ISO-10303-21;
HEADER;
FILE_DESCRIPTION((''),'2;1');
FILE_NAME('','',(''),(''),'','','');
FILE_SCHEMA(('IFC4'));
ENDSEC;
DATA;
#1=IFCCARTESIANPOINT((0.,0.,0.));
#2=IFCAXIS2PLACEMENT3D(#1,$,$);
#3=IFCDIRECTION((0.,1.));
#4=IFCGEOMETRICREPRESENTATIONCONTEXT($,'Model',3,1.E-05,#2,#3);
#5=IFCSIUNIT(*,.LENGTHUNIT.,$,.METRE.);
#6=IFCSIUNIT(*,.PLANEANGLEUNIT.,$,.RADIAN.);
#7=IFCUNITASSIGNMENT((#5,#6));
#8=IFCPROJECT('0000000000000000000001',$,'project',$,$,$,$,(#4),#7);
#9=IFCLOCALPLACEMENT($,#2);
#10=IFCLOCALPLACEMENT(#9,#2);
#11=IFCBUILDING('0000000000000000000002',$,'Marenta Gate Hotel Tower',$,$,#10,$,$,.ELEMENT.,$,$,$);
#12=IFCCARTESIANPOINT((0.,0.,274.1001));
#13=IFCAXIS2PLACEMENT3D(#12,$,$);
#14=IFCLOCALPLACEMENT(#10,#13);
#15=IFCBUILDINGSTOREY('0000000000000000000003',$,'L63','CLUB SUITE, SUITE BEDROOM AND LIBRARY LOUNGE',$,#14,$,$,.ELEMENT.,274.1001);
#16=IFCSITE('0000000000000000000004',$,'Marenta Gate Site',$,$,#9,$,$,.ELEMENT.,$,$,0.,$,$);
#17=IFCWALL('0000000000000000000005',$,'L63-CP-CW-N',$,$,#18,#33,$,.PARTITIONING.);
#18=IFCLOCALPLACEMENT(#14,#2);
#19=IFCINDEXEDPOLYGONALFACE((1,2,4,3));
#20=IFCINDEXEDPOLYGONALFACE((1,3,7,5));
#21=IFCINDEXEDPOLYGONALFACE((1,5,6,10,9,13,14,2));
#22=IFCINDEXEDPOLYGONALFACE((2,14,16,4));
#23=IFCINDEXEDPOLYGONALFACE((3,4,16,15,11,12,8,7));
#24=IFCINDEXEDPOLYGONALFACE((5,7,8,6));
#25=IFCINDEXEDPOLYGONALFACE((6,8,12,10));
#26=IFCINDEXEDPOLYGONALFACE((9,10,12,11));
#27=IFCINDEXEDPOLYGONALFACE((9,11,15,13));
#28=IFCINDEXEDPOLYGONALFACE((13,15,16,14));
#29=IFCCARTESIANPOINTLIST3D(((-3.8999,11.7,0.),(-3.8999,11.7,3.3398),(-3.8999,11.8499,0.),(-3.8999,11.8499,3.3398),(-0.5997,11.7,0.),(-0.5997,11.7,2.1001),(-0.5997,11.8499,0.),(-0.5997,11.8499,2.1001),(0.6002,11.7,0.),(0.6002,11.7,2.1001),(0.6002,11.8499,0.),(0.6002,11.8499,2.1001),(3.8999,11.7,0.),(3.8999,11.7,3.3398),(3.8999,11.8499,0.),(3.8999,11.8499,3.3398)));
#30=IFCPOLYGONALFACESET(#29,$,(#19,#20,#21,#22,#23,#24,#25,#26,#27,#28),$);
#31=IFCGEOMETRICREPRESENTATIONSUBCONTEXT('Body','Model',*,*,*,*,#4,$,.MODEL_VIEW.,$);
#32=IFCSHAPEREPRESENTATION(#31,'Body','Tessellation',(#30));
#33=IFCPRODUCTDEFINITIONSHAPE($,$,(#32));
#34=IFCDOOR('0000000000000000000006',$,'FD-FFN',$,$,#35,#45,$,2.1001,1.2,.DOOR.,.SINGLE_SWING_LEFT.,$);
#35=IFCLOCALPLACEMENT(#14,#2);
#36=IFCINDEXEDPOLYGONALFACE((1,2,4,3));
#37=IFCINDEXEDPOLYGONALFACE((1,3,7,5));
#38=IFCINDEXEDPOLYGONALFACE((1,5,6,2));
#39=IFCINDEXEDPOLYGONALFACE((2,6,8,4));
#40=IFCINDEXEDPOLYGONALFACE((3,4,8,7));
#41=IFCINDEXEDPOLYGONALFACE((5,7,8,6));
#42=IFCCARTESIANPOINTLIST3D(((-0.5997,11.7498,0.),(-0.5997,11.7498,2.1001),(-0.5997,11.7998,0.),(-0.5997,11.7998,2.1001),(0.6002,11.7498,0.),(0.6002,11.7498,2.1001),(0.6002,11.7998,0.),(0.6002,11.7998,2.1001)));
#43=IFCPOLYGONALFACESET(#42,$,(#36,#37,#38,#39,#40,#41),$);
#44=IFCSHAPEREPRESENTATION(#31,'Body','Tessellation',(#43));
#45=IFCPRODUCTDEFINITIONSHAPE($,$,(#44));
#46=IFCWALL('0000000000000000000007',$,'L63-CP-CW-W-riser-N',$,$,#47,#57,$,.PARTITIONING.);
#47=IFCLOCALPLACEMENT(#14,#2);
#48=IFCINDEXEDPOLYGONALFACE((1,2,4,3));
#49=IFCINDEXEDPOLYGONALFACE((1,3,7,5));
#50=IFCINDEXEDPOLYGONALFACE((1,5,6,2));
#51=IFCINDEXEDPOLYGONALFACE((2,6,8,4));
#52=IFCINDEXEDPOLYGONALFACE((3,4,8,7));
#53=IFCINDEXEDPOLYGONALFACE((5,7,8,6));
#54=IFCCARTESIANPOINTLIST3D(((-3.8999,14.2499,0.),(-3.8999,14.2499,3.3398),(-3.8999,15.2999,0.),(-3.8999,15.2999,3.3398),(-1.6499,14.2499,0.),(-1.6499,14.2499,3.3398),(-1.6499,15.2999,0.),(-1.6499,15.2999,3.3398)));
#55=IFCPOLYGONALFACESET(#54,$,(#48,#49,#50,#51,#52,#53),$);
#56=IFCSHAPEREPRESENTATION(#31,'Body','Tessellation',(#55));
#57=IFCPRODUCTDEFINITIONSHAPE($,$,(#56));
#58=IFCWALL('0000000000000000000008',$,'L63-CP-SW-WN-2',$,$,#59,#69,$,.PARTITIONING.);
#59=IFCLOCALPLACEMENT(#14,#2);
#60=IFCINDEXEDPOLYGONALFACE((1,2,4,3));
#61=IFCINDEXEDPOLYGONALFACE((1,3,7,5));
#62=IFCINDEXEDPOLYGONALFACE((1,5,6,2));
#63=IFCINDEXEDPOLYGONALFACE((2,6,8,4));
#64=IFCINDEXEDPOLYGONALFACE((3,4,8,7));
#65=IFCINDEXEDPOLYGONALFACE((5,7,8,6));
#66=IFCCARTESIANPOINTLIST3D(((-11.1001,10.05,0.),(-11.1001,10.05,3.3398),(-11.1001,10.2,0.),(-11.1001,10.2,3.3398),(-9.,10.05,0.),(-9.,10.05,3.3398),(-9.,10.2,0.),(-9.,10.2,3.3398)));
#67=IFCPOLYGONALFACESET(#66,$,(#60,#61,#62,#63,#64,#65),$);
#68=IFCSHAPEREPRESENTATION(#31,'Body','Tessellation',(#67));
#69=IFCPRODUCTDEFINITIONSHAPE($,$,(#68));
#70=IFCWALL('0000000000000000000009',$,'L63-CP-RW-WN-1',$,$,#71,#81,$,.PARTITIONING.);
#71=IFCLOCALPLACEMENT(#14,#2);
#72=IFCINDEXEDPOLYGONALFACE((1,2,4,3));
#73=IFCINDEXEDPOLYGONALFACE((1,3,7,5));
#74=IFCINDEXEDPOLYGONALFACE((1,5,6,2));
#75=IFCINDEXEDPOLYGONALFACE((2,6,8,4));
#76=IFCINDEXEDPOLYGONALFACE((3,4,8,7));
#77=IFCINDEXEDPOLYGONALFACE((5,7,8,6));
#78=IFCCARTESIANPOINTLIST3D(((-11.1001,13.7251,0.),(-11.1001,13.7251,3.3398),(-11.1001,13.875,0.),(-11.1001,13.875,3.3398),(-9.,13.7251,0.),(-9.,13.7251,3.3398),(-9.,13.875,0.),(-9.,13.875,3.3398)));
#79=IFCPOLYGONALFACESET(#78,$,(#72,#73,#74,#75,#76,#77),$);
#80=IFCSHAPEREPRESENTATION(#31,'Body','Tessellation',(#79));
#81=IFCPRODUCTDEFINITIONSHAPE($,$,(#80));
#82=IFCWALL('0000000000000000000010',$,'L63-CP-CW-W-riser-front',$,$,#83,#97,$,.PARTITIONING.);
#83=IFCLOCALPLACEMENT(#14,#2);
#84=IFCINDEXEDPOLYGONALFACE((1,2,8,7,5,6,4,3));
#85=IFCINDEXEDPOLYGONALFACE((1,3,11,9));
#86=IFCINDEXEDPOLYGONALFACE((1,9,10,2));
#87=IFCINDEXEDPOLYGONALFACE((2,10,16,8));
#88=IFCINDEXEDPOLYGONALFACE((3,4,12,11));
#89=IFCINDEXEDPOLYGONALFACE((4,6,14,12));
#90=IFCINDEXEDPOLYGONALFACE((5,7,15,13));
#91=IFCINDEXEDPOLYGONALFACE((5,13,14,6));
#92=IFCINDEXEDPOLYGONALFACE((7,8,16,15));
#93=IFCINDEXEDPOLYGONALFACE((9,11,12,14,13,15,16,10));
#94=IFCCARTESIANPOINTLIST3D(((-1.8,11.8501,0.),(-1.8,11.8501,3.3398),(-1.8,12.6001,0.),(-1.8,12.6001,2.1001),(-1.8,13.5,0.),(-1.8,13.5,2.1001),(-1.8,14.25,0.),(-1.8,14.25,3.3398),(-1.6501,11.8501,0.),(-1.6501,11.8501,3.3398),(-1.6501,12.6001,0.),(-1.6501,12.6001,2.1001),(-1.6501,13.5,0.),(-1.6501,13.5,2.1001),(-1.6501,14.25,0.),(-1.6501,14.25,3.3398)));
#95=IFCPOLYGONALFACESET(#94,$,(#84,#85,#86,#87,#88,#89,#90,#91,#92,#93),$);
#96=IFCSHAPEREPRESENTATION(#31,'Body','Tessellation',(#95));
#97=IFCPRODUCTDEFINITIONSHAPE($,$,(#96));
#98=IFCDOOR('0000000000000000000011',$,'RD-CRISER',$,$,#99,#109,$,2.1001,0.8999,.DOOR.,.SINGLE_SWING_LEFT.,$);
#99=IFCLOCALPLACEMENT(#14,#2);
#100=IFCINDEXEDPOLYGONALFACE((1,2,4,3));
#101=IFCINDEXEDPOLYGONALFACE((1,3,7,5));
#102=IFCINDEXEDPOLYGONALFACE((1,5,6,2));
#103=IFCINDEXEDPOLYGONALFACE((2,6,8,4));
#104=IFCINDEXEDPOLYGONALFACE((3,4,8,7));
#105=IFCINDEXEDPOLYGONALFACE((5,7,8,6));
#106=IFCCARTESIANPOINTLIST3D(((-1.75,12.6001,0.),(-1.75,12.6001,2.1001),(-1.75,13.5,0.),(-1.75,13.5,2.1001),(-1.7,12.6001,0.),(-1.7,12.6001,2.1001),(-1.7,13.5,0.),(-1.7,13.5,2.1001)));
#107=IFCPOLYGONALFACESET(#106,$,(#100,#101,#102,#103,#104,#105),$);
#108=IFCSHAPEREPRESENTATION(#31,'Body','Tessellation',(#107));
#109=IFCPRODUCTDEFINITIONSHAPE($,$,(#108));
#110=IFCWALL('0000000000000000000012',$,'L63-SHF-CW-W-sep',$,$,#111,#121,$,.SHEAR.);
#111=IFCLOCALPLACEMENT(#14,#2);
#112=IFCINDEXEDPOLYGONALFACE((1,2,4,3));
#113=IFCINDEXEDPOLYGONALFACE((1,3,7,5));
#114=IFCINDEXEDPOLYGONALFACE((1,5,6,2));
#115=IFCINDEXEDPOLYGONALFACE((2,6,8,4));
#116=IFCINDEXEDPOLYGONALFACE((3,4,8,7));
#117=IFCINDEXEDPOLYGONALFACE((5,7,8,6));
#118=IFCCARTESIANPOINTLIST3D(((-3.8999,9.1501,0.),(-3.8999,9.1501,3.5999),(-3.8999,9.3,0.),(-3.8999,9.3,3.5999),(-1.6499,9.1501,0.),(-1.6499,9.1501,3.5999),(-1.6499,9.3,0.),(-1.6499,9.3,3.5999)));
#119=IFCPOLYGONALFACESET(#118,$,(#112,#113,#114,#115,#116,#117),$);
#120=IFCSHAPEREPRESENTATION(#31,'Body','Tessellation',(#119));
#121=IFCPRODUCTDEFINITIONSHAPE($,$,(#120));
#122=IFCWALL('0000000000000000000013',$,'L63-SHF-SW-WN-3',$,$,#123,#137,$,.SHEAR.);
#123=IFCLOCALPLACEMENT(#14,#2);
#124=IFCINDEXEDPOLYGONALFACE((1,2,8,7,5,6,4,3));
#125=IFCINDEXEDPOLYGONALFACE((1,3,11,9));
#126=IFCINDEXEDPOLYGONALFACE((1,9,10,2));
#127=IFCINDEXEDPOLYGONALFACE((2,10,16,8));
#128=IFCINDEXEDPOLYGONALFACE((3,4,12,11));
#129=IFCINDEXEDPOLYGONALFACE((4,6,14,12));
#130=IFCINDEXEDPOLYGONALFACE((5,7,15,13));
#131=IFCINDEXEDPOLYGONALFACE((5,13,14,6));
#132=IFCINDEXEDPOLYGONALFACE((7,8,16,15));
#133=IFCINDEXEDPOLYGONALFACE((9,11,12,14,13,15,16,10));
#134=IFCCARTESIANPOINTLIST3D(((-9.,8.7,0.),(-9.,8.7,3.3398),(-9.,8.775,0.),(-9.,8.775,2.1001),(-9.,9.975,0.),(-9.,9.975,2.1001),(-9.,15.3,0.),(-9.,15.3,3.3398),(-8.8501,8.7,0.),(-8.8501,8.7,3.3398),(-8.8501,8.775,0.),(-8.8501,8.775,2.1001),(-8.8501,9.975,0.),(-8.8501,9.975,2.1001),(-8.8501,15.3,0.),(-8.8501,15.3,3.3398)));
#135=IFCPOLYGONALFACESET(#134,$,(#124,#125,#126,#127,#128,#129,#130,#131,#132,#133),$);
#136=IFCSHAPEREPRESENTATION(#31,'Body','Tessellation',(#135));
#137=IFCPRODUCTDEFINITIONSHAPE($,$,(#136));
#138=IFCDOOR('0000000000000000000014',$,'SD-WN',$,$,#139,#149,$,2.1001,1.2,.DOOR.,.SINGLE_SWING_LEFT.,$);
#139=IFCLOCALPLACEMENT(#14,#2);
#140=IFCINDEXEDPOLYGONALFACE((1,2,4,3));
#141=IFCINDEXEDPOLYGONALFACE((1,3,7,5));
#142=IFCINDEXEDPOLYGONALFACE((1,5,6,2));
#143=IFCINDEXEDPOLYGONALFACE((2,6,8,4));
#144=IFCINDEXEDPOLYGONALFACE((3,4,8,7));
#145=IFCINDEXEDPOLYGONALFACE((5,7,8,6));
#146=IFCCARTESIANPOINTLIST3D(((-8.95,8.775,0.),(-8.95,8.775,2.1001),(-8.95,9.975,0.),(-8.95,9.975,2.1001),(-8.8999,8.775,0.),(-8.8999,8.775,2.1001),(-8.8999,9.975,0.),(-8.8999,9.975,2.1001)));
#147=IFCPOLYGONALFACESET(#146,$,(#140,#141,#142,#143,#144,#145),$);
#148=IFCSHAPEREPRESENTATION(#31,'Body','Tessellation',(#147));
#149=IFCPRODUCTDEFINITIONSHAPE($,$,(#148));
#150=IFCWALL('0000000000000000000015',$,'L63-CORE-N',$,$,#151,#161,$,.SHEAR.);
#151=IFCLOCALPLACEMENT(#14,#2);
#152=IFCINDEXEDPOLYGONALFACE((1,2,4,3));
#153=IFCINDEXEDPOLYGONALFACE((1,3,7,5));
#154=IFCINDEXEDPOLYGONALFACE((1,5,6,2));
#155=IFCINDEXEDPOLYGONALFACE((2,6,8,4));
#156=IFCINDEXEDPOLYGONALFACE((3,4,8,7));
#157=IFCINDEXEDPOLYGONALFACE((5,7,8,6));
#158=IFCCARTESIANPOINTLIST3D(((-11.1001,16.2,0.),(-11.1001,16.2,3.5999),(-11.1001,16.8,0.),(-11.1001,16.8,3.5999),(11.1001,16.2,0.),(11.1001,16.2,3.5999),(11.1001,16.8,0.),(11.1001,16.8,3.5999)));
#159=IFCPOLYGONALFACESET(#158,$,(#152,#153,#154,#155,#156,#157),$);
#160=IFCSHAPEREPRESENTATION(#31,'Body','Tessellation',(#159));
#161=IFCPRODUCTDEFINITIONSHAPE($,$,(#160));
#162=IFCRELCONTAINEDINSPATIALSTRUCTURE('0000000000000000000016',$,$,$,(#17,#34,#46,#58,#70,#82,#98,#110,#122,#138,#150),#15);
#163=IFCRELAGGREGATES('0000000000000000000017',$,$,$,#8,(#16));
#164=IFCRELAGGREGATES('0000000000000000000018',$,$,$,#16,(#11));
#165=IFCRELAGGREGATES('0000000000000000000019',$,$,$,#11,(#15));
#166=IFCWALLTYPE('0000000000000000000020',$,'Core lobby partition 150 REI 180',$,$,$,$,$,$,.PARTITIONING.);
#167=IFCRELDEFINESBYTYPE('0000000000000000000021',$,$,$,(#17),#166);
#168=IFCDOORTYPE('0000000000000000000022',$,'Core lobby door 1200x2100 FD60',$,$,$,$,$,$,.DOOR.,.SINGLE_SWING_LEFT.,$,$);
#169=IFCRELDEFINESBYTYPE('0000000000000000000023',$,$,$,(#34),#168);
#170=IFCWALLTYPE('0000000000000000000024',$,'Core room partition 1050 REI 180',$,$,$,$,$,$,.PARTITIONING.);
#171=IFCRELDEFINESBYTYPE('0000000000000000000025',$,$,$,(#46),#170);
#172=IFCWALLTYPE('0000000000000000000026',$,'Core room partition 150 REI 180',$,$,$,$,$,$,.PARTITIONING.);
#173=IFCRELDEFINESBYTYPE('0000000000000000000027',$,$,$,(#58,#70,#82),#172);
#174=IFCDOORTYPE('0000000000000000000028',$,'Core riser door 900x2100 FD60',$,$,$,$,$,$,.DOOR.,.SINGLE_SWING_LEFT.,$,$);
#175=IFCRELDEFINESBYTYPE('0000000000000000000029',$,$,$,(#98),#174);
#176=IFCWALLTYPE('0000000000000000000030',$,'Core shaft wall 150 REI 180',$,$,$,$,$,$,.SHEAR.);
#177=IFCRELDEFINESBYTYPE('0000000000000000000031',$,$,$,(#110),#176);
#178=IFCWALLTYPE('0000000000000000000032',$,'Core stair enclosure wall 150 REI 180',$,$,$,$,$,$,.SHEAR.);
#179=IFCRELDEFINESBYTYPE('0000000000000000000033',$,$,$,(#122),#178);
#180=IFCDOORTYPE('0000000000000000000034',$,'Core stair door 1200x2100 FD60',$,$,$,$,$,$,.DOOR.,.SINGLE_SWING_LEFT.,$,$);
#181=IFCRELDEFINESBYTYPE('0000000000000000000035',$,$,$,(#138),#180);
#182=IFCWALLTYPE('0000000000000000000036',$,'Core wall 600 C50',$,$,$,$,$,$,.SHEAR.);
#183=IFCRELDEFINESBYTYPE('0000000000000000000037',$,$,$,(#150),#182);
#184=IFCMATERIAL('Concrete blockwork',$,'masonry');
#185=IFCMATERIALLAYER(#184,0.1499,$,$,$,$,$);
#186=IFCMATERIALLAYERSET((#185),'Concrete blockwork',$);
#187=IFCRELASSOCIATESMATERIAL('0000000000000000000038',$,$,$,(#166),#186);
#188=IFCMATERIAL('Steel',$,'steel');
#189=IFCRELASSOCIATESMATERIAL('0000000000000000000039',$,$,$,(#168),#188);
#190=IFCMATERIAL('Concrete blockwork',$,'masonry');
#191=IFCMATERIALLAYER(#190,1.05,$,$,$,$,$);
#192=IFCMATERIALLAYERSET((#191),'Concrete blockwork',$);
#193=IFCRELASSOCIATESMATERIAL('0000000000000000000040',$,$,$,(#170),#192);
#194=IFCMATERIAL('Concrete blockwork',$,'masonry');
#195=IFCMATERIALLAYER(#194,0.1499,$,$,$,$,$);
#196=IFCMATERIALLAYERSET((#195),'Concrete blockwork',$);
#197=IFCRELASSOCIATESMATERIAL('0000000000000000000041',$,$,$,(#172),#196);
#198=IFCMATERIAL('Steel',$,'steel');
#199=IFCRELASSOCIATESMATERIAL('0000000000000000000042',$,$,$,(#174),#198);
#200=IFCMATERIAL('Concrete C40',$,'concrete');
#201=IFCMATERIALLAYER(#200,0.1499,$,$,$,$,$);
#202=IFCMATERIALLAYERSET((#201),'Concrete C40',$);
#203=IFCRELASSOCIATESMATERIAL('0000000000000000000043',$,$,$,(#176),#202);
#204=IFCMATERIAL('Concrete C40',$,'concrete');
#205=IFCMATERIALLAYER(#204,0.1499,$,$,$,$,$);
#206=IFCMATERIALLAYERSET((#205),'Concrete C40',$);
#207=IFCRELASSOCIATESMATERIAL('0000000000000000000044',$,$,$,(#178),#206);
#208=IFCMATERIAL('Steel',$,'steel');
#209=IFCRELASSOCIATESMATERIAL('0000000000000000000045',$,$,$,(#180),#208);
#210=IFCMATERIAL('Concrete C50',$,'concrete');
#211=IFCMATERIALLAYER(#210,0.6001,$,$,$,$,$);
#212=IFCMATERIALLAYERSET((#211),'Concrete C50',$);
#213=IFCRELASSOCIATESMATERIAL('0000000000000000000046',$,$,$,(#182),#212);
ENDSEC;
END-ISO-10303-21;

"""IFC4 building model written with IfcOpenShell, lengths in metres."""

from ifc_helpers import new_model, si_unit, direction, frame, frame_2d, origin, place, context, subcontext, project, spatial, rectangle, extrude, material, layer, layer_set, type_object, element, fill, save


model = new_model("IFC4")

# Units and contexts
model_context = context("Model", 3, precision=1e-05, world=origin(), true_north=direction((0.0, 1.0)))
body_context = subcontext(model_context, "Body", "Model", "MODEL_VIEW")
ifc_project = project(units=[si_unit("LENGTHUNIT", "METRE"), si_unit("PLANEANGLEUNIT", "RADIAN")], contexts=[model_context])

# Site, building, storey
site_placement = place(None, origin())
site = spatial("IfcSite", under=ifc_project, at=site_placement, Name="Marenta Gate Site", CompositionType="ELEMENT", RefElevation=0.0)
building_placement = place(site_placement, origin())
building = spatial("IfcBuilding", under=site, at=building_placement, Name="Marenta Gate Hotel Tower", CompositionType="ELEMENT")
storey_placement = place(building_placement, frame((0.0, 0.0, 274.1001)))
storey = spatial("IfcBuildingStorey", under=building, at=storey_placement, Name="L63", Description="CLUB SUITE, SUITE BEDROOM AND LIBRARY LOUNGE", CompositionType="ELEMENT", Elevation=274.1001)

# Wall, opening, door
ifc_material_1 = material(Name="Concrete blockwork", Category="masonry")
ifc_layer_1 = layer(ifc_material_1, 0.1499)
ifc_layer_set_1 = layer_set([ifc_layer_1], Name="Concrete blockwork")
wall_type_1 = type_object("IfcWallType", Name="Core lobby partition 150 REI 180", PredefinedType="PARTITIONING", material=ifc_layer_set_1)
wall_1_placement = place(storey_placement, frame((-3.8999, 11.7749, 0.0), z_axis=(0.0, 0.0, 1.0), x_axis=(1.0, 0.0, 0.0)))
wall_1 = element("IfcWall", 1, at=wall_1_placement, inside=storey, type_object=wall_type_1, Name="L63-CP-CW-N", PredefinedType="PARTITIONING", context=body_context, shape_type="SweptSolid", body=[
    extrude(rectangle(XDim=7.7998, YDim=0.1499, at=frame_2d((3.8999, 0.0))), origin(), (0.0, 0.0, 1.0), 3.3398),
])
opening_1_placement = place(wall_1_placement, frame((3.3, 0.0, 0.0)))
opening_1 = element("IfcOpeningElement", 2, at=opening_1_placement, cuts=wall_1, PredefinedType="OPENING", context=body_context, shape_type="SweptSolid", body=[
    extrude(rectangle(XDim=1.2, YDim=2.1001, at=frame_2d((0.6001, 1.05))), frame((0.0, 0.075, 0.0), z_axis=(0.0, -1.0, 0.0), x_axis=(1.0, 0.0, 0.0)), (0.0, 0.0, 1.0), 0.1499),
])
ifc_material_2 = material(Name="Steel", Category="steel")
door_type_1 = type_object("IfcDoorType", Name="Core lobby door 1200x2100 FD60", OperationType="SINGLE_SWING_LEFT", PredefinedType="DOOR", material=ifc_material_2)
door_1_placement = place(opening_1_placement, origin())
door_1 = element("IfcDoor", 3, at=door_1_placement, inside=storey, type_object=door_type_1, Name="FD-FFN", OperationType="SINGLE_SWING_LEFT", OverallHeight=2.1001, OverallWidth=1.2, PredefinedType="DOOR", context=body_context, shape_type="SweptSolid", body=[
    extrude(rectangle(XDim=1.2, YDim=2.1001, at=frame_2d((0.6001, 1.05))), frame((0.0, 0.0249, 0.0), z_axis=(0.0, -1.0, 0.0), x_axis=(1.0, 0.0, 0.0)), (0.0, 0.0, 1.0), 0.05),
])
fill(opening_1, door_1)

# Walls
ifc_material_3 = material(Name="Concrete blockwork", Category="masonry")
ifc_layer_2 = layer(ifc_material_3, 1.05)
ifc_layer_set_2 = layer_set([ifc_layer_2], Name="Concrete blockwork")
wall_type_2 = type_object("IfcWallType", Name="Core room partition 1050 REI 180", PredefinedType="PARTITIONING", material=ifc_layer_set_2)
wall_2_placement = place(storey_placement, frame((-3.8999, 14.7749, 0.0), z_axis=(0.0, 0.0, 1.0), x_axis=(1.0, 0.0, 0.0)))
element("IfcWall", 4, at=wall_2_placement, inside=storey, type_object=wall_type_2, Name="L63-CP-CW-W-riser-N", PredefinedType="PARTITIONING", context=body_context, shape_type="SweptSolid", body=[
    extrude(rectangle(XDim=2.25, YDim=1.05, at=frame_2d((1.125, 0.0))), origin(), (0.0, 0.0, 1.0), 3.3398),
])
ifc_material_4 = material(Name="Concrete blockwork", Category="masonry")
ifc_layer_3 = layer(ifc_material_4, 0.1499)
ifc_layer_set_3 = layer_set([ifc_layer_3], Name="Concrete blockwork")
wall_type_3 = type_object("IfcWallType", Name="Core room partition 150 REI 180", PredefinedType="PARTITIONING", material=ifc_layer_set_3)
for number, where, z_axis, x_axis, name in (
    (5, (-11.1001, 10.125, 0.0), (0.0, 0.0, 1.0), (1.0, 0.0, 0.0), "L63-CP-SW-WN-2"),
    (6, (-11.1001, 13.8, 0.0), (0.0, 0.0, 1.0), (1.0, 0.0, 0.0), "L63-CP-RW-WN-1"),
):
    element("IfcWall", number, at=place(storey_placement, frame(where, z_axis=z_axis, x_axis=x_axis)), inside=storey, type_object=wall_type_3, Name=name, PredefinedType="PARTITIONING", context=body_context, shape_type="SweptSolid", body=[
        extrude(rectangle(XDim=2.1001, YDim=0.1499, at=frame_2d((1.05, 0.0))), origin(), (0.0, 0.0, 1.0), 3.3398),
    ])

# Wall, opening, door
wall_3_placement = place(storey_placement, frame((-1.7251, 11.8501, 0.0), z_axis=(0.0, 0.0, 1.0), x_axis=(0.0, 1.0, 0.0)))
wall_3 = element("IfcWall", 7, at=wall_3_placement, inside=storey, type_object=wall_type_3, Name="L63-CP-CW-W-riser-front", PredefinedType="PARTITIONING", context=body_context, shape_type="SweptSolid", body=[
    extrude(rectangle(XDim=2.3999, YDim=0.1499, at=frame_2d((1.2, 0.0))), origin(), (0.0, 0.0, 1.0), 3.3398),
])
opening_2_placement = place(wall_3_placement, frame((0.75, 0.0, 0.0)))
opening_2 = element("IfcOpeningElement", 8, at=opening_2_placement, cuts=wall_3, PredefinedType="OPENING", context=body_context, shape_type="SweptSolid", body=[
    extrude(rectangle(XDim=0.8999, YDim=2.1001, at=frame_2d((0.45, 1.05))), frame((0.0, 0.075, 0.0), z_axis=(0.0, -1.0, 0.0), x_axis=(1.0, 0.0, 0.0)), (0.0, 0.0, 1.0), 0.1499),
])
ifc_material_5 = material(Name="Steel", Category="steel")
door_type_2 = type_object("IfcDoorType", Name="Core riser door 900x2100 FD60", OperationType="SINGLE_SWING_LEFT", PredefinedType="DOOR", material=ifc_material_5)
door_2_placement = place(opening_2_placement, origin())
door_2 = element("IfcDoor", 9, at=door_2_placement, inside=storey, type_object=door_type_2, Name="RD-CRISER", OperationType="SINGLE_SWING_LEFT", OverallHeight=2.1001, OverallWidth=0.8999, PredefinedType="DOOR", context=body_context, shape_type="SweptSolid", body=[
    extrude(rectangle(XDim=0.8999, YDim=2.1001, at=frame_2d((0.45, 1.05))), frame((0.0, 0.0249, 0.0), z_axis=(0.0, -1.0, 0.0), x_axis=(1.0, 0.0, 0.0)), (0.0, 0.0, 1.0), 0.05),
])
fill(opening_2, door_2)

# Wall
ifc_material_6 = material(Name="Concrete C40", Category="concrete")
ifc_layer_4 = layer(ifc_material_6, 0.1499)
ifc_layer_set_4 = layer_set([ifc_layer_4], Name="Concrete C40")
wall_type_4 = type_object("IfcWallType", Name="Core shaft wall 150 REI 180", PredefinedType="SHEAR", material=ifc_layer_set_4)
wall_4_placement = place(storey_placement, frame((-3.8999, 9.2251, 0.0), z_axis=(0.0, 0.0, 1.0), x_axis=(1.0, 0.0, 0.0)))
element("IfcWall", 10, at=wall_4_placement, inside=storey, type_object=wall_type_4, Name="L63-SHF-CW-W-sep", PredefinedType="SHEAR", context=body_context, shape_type="SweptSolid", body=[
    extrude(rectangle(XDim=2.25, YDim=0.1499, at=frame_2d((1.125, 0.0))), origin(), (0.0, 0.0, 1.0), 3.5999),
])

# Wall, opening, door
ifc_material_7 = material(Name="Concrete C40", Category="concrete")
ifc_layer_5 = layer(ifc_material_7, 0.1499)
ifc_layer_set_5 = layer_set([ifc_layer_5], Name="Concrete C40")
wall_type_5 = type_object("IfcWallType", Name="Core stair enclosure wall 150 REI 180", PredefinedType="SHEAR", material=ifc_layer_set_5)
wall_5_placement = place(storey_placement, frame((-8.925, 8.7, 0.0), z_axis=(0.0, 0.0, 1.0), x_axis=(0.0, 1.0, 0.0)))
wall_5 = element("IfcWall", 11, at=wall_5_placement, inside=storey, type_object=wall_type_5, Name="L63-SHF-SW-WN-3", PredefinedType="SHEAR", context=body_context, shape_type="SweptSolid", body=[
    extrude(rectangle(XDim=6.6001, YDim=0.1499, at=frame_2d((3.3, 0.0))), origin(), (0.0, 0.0, 1.0), 3.3398),
])
opening_3_placement = place(wall_5_placement, frame((0.075, 0.0, 0.0)))
opening_3 = element("IfcOpeningElement", 12, at=opening_3_placement, cuts=wall_5, PredefinedType="OPENING", context=body_context, shape_type="SweptSolid", body=[
    extrude(rectangle(XDim=1.2, YDim=2.1001, at=frame_2d((0.6001, 1.05))), frame((0.0, 0.075, 0.0), z_axis=(0.0, -1.0, 0.0), x_axis=(1.0, 0.0, 0.0)), (0.0, 0.0, 1.0), 0.1499),
])
ifc_material_8 = material(Name="Steel", Category="steel")
door_type_3 = type_object("IfcDoorType", Name="Core stair door 1200x2100 FD60", OperationType="SINGLE_SWING_LEFT", PredefinedType="DOOR", material=ifc_material_8)
door_3_placement = place(opening_3_placement, origin())
door_3 = element("IfcDoor", 13, at=door_3_placement, inside=storey, type_object=door_type_3, Name="SD-WN", OperationType="SINGLE_SWING_LEFT", OverallHeight=2.1001, OverallWidth=1.2, PredefinedType="DOOR", context=body_context, shape_type="SweptSolid", body=[
    extrude(rectangle(XDim=1.2, YDim=2.1001, at=frame_2d((0.6001, 1.05))), frame((0.0, 0.0249, 0.0), z_axis=(0.0, -1.0, 0.0), x_axis=(1.0, 0.0, 0.0)), (0.0, 0.0, 1.0), 0.05),
])
fill(opening_3, door_3)

# Wall
ifc_material_9 = material(Name="Concrete C50", Category="concrete")
ifc_layer_6 = layer(ifc_material_9, 0.6001)
ifc_layer_set_6 = layer_set([ifc_layer_6], Name="Concrete C50")
wall_type_6 = type_object("IfcWallType", Name="Core wall 600 C50", PredefinedType="SHEAR", material=ifc_layer_set_6)
wall_6_placement = place(storey_placement, frame((-11.1001, 16.5, 0.0), z_axis=(0.0, 0.0, 1.0), x_axis=(1.0, 0.0, 0.0)))
element("IfcWall", 14, at=wall_6_placement, inside=storey, type_object=wall_type_6, Name="L63-CORE-N", PredefinedType="SHEAR", context=body_context, shape_type="SweptSolid", body=[
    extrude(rectangle(XDim=22.2002, YDim=0.6001, at=frame_2d((11.1001, 0.0))), origin(), (0.0, 0.0, 1.0), 3.5999),
])

save(model, "model.ifc")
